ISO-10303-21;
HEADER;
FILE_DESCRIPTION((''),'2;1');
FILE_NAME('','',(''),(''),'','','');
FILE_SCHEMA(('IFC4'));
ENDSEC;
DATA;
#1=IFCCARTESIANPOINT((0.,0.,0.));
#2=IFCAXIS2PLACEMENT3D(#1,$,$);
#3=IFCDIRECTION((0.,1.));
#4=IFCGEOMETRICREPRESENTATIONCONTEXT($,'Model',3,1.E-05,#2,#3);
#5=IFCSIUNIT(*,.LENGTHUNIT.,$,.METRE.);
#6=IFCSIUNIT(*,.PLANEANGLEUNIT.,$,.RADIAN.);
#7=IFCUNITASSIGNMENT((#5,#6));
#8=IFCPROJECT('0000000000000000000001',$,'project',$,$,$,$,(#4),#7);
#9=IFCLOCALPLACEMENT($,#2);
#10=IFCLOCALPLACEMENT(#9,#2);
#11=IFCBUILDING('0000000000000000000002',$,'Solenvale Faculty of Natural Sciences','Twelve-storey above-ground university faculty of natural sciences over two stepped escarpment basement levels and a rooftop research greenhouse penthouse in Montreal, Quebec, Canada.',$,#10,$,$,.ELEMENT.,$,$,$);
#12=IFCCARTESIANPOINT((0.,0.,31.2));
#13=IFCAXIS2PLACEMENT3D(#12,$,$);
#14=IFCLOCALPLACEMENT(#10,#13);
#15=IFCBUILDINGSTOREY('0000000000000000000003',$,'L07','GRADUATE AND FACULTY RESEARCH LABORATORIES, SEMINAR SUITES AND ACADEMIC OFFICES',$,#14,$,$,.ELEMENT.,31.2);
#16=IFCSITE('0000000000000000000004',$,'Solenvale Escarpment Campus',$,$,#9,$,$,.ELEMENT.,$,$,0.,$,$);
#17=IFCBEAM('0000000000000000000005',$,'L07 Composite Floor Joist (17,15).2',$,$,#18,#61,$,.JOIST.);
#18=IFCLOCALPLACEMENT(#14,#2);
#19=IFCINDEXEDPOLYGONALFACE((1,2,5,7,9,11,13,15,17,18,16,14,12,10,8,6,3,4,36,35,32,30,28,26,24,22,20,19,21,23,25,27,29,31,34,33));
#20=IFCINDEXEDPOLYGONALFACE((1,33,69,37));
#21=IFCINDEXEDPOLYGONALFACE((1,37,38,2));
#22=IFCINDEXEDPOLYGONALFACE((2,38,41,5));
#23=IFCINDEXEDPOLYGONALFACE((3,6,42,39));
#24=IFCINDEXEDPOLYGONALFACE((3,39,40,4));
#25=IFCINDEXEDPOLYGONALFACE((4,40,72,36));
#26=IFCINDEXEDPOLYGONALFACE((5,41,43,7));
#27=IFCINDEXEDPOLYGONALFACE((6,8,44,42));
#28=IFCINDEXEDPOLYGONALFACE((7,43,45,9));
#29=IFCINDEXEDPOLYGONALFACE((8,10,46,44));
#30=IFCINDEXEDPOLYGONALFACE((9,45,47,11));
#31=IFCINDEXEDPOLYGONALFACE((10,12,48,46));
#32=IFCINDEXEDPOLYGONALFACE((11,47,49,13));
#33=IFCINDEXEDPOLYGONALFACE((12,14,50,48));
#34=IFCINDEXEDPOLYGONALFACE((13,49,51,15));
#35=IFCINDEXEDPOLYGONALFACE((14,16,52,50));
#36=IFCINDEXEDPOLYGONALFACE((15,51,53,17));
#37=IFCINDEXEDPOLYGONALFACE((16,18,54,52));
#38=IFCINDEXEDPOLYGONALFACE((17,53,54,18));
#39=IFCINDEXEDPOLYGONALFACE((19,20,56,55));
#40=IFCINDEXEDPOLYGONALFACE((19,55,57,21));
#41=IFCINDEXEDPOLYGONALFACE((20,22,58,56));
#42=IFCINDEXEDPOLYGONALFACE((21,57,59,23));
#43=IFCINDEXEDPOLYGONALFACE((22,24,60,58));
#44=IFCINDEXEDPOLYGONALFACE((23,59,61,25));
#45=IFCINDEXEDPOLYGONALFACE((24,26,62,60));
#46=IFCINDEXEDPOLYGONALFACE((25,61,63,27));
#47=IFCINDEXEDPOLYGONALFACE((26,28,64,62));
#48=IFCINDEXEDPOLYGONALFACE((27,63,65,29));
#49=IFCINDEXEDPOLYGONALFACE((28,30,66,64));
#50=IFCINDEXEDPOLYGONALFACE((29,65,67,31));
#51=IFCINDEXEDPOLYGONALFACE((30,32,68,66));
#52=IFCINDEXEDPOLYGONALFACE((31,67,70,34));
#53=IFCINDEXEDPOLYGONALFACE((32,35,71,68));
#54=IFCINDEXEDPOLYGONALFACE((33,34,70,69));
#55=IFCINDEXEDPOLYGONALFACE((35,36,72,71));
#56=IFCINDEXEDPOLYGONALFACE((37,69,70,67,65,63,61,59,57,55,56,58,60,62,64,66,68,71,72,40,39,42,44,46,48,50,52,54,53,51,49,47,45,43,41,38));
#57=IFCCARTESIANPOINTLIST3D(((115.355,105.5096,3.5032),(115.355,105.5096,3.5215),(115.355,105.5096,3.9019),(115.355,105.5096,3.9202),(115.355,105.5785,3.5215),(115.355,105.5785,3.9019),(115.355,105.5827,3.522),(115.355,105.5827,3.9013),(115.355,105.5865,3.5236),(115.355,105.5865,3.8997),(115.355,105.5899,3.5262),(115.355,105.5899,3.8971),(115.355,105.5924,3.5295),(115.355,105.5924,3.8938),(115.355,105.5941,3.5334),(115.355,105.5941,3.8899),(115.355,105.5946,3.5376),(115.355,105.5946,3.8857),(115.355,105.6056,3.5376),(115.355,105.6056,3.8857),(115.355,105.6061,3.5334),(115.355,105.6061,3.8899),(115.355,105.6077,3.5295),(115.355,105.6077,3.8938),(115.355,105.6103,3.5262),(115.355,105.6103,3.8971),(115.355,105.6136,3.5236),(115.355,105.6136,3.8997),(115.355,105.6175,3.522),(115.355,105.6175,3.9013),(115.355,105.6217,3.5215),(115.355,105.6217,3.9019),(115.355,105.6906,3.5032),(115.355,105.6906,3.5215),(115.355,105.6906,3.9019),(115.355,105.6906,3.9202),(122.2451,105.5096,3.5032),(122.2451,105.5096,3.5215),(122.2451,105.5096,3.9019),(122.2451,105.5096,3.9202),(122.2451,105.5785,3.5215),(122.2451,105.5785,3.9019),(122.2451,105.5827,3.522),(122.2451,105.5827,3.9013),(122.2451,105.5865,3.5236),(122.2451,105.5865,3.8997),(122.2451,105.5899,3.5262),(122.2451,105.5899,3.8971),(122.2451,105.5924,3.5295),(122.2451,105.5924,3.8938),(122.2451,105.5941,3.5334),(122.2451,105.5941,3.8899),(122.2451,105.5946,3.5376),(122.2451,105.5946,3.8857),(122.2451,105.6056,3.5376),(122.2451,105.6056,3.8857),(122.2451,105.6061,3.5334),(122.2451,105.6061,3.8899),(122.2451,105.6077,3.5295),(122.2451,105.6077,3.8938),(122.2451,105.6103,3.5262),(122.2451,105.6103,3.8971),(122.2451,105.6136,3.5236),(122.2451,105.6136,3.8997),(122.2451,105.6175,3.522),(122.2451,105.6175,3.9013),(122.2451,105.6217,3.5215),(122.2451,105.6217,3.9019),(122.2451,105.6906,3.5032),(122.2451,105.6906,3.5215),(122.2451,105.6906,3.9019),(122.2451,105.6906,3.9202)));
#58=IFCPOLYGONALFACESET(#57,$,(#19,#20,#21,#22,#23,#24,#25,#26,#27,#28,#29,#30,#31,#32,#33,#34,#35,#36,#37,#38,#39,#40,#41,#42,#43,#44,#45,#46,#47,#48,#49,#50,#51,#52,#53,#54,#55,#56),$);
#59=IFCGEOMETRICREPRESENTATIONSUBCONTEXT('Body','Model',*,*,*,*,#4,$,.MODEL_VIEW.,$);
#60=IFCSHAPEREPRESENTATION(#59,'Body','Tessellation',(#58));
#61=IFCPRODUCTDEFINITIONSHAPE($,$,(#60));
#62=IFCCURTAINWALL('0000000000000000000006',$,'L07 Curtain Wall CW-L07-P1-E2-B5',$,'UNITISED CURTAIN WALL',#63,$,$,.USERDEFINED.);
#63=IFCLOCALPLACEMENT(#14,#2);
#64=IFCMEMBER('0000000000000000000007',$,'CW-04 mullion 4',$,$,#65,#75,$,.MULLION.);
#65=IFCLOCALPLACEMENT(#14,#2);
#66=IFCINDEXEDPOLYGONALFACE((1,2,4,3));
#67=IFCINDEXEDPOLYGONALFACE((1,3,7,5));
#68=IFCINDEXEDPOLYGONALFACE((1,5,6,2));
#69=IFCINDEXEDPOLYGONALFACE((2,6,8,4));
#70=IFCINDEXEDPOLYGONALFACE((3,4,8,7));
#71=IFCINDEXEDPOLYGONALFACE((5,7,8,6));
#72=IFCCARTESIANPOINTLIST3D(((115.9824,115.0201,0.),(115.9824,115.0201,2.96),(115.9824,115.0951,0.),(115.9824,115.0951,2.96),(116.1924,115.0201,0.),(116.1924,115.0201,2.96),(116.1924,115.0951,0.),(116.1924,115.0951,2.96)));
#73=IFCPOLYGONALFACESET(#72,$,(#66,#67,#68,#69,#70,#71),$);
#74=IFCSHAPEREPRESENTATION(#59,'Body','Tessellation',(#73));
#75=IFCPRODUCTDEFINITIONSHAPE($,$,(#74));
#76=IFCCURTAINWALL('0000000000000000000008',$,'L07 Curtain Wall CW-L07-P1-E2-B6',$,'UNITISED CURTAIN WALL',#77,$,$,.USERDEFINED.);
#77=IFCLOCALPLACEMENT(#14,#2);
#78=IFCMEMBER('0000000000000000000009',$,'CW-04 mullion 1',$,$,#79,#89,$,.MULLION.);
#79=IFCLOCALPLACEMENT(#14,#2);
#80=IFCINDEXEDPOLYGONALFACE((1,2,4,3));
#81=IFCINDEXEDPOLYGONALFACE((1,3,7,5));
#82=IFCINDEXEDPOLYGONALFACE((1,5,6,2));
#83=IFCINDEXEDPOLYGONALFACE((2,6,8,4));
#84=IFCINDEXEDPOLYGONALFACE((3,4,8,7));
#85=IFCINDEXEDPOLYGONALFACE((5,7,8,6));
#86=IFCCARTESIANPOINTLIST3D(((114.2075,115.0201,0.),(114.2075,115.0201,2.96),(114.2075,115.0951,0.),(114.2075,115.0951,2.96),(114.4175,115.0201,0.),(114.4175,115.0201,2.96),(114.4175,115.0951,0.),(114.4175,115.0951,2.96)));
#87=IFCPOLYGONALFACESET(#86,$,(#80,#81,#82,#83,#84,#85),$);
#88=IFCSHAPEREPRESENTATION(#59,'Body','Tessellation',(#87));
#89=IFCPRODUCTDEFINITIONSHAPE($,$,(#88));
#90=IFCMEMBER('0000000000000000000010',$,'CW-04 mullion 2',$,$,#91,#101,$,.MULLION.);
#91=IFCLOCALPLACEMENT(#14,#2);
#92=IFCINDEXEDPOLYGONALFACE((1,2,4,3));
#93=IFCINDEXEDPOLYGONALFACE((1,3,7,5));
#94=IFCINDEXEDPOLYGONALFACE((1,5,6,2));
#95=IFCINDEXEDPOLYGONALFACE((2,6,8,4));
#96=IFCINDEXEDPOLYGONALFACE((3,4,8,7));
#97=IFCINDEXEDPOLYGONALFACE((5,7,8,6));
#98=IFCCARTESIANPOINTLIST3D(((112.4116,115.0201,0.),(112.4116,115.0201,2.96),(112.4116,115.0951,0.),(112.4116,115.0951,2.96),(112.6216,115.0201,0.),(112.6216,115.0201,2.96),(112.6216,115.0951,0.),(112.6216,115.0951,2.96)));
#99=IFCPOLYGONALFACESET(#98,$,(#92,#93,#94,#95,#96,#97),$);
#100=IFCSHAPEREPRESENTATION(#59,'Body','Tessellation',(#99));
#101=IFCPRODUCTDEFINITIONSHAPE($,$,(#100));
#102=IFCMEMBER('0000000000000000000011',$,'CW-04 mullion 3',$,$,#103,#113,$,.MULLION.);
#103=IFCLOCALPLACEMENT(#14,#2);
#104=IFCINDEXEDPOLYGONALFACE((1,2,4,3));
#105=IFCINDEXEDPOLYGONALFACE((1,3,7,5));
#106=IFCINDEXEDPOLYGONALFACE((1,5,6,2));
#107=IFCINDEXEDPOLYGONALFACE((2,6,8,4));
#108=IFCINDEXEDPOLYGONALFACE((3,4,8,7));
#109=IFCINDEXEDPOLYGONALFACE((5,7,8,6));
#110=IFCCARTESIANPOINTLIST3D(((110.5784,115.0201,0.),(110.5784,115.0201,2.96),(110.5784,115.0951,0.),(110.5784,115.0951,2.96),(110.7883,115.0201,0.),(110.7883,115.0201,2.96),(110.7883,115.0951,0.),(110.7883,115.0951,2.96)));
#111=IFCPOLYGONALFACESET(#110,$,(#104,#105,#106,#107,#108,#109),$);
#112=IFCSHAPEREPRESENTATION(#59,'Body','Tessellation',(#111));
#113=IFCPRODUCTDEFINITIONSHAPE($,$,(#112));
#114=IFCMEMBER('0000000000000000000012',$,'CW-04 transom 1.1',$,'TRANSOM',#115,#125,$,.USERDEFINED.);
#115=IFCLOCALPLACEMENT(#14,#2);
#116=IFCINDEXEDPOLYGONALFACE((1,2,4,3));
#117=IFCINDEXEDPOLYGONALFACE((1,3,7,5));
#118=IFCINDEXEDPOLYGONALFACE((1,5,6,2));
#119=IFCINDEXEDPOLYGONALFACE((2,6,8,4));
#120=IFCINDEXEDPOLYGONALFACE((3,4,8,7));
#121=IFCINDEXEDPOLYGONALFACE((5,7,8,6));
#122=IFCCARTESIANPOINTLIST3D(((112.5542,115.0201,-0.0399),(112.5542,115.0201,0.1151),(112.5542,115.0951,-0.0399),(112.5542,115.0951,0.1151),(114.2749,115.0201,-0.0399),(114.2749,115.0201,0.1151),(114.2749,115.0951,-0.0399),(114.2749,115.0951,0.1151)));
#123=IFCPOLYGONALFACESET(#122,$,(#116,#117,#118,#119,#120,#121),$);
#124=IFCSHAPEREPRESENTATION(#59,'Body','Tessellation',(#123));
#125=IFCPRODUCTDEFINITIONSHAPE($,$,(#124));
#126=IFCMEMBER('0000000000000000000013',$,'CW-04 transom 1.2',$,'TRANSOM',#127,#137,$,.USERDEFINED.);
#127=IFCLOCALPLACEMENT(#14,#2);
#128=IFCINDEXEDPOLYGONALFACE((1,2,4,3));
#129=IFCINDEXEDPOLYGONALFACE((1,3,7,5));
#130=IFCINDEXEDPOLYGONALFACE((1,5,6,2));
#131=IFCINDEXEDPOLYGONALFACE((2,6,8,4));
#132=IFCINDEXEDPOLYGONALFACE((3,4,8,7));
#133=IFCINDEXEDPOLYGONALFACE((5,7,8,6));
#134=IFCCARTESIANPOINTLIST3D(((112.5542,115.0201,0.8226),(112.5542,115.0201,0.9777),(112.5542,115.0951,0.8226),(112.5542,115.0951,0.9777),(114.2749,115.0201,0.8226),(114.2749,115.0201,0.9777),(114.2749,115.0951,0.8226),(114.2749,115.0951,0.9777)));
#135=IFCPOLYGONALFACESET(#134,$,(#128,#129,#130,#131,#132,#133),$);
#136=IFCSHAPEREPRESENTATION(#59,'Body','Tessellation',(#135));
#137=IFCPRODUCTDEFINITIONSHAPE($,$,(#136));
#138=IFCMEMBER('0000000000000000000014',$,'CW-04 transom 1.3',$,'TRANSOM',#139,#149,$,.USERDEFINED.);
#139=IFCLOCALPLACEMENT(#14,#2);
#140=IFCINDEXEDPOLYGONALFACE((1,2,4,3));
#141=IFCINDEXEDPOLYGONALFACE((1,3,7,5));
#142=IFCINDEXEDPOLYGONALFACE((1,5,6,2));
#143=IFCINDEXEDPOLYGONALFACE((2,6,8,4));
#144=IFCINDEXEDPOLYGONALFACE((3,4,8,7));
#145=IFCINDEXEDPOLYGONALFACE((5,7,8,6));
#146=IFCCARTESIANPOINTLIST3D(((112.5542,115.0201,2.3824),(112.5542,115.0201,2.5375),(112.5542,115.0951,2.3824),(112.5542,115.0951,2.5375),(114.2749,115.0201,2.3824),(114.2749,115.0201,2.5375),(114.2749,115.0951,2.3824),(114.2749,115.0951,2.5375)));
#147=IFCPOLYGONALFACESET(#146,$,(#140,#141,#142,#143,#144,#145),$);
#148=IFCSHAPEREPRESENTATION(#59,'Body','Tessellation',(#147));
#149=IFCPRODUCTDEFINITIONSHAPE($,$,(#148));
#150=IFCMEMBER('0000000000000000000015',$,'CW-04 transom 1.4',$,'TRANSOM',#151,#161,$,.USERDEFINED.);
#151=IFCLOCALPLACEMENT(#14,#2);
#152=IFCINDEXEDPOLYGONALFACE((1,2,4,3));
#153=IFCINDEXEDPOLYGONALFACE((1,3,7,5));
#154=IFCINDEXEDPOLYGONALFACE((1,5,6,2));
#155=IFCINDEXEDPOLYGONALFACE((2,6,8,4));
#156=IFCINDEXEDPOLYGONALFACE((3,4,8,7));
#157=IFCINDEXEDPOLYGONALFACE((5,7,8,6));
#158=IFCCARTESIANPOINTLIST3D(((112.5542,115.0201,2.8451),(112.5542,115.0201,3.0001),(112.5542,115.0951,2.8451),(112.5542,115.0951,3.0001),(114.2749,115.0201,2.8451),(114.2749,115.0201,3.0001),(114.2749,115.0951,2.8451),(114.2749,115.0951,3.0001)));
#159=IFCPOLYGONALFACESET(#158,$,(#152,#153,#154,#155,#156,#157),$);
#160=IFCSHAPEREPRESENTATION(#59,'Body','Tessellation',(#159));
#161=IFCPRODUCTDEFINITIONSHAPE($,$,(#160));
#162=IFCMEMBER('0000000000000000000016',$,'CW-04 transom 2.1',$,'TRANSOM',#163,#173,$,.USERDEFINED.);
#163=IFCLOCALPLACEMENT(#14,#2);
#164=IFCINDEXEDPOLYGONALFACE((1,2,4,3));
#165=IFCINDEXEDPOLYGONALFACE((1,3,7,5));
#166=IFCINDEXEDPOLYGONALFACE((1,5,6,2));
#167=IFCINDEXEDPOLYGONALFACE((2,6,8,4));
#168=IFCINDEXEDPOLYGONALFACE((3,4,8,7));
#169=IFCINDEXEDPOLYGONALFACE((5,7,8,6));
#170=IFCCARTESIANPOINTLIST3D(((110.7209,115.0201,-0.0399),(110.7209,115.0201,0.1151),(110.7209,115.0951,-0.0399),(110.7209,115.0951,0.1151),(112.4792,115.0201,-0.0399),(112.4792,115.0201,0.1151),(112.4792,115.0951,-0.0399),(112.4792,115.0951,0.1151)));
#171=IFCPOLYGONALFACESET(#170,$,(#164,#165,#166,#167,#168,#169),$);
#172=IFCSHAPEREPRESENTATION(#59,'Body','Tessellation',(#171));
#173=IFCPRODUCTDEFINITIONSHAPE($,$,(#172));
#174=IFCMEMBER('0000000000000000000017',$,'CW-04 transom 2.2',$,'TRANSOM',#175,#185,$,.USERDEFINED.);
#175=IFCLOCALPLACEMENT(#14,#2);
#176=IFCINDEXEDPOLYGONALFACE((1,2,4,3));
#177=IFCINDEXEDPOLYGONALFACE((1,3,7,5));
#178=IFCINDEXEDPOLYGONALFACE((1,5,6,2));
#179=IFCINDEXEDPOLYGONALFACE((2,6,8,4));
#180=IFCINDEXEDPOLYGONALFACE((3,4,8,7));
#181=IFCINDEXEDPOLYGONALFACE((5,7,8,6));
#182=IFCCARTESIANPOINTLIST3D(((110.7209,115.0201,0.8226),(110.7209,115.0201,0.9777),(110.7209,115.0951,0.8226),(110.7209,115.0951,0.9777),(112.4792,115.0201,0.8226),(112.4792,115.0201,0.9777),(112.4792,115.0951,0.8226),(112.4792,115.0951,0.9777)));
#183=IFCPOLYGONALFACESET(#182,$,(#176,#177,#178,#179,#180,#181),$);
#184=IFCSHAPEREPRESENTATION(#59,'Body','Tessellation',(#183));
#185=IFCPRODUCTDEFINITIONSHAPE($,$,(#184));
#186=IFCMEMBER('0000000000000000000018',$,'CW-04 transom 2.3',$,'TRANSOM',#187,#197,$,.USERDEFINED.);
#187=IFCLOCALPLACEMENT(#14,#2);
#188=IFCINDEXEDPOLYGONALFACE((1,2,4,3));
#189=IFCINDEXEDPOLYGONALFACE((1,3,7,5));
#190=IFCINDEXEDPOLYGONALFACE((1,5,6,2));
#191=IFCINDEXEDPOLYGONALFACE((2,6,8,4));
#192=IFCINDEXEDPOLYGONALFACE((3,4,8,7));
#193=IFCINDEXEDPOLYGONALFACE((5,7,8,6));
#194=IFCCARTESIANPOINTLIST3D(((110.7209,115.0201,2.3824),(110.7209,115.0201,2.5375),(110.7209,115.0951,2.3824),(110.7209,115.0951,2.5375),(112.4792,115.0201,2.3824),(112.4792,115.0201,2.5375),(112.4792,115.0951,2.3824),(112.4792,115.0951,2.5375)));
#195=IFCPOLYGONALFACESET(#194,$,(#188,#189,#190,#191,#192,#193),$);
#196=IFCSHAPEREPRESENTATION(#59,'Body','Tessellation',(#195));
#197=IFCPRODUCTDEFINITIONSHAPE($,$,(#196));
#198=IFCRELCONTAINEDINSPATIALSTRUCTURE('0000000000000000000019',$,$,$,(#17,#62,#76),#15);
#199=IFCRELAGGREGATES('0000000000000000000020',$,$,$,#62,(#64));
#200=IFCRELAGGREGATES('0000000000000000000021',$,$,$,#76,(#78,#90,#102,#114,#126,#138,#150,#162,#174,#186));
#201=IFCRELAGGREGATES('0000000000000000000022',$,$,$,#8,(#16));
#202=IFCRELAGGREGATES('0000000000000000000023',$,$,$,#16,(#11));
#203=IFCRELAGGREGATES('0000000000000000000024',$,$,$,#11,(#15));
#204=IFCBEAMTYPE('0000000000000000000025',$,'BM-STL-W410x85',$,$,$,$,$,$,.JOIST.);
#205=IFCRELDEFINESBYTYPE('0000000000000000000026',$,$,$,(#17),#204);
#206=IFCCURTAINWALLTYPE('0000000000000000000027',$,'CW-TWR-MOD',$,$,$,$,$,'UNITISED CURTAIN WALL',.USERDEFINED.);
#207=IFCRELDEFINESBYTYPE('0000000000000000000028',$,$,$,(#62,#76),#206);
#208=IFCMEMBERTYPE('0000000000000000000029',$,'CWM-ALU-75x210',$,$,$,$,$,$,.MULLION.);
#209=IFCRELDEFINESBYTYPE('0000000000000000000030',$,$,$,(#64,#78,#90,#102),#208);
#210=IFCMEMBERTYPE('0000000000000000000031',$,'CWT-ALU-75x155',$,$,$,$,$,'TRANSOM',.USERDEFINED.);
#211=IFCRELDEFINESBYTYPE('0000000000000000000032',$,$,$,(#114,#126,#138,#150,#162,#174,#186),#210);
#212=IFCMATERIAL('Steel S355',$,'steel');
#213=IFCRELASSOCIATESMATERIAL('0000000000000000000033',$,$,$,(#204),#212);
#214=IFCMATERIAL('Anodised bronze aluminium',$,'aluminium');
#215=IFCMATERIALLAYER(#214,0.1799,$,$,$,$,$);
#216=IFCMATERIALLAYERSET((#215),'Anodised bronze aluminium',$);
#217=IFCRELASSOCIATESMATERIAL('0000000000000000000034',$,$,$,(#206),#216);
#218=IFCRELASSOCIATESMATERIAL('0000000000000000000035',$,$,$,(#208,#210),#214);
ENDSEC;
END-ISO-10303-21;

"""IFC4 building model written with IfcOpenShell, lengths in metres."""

from ifc_helpers import new_model, si_unit, direction, frame, origin, origin_2d, place, context, subcontext, project, spatial, rectangle, i_section, extrude, material, layer, layer_set, material_profile, profile_set, type_object, element, aggregate, save


model = new_model("IFC4")

# Units and contexts
model_context = context("Model", 3, precision=1e-05, world=origin(), true_north=direction((0.0, 1.0)))
body_context = subcontext(model_context, "Body", "Model", "MODEL_VIEW")
ifc_project = project(units=[si_unit("LENGTHUNIT", "METRE"), si_unit("PLANEANGLEUNIT", "RADIAN")], contexts=[model_context])

# Site, building, storey
site_placement = place(None, origin())
site = spatial("IfcSite", under=ifc_project, at=site_placement, Name="Solenvale Escarpment Campus", CompositionType="ELEMENT", RefElevation=0.0)
building_placement = place(site_placement, origin())
building = spatial("IfcBuilding", under=site, at=building_placement, Name="Solenvale Faculty of Natural Sciences", Description="Twelve-storey above-ground university faculty of natural sciences over two stepped escarpment basement levels and a rooftop research greenhouse penthouse in Montreal, Quebec, Canada.", CompositionType="ELEMENT")
storey_placement = place(building_placement, frame((0.0, 0.0, 31.2)))
storey = spatial("IfcBuildingStorey", under=building, at=storey_placement, Name="L07", Description="GRADUATE AND FACULTY RESEARCH LABORATORIES, SEMINAR SUITES AND ACADEMIC OFFICES", CompositionType="ELEMENT", Elevation=31.2)

# Beam
ifc_material_1 = material(Name="Steel S355", Category="steel")
ifc_material_profile_1 = material_profile(ifc_material_1, i_section(OverallWidth=0.1809, OverallDepth=0.417, WebThickness=0.011, FlangeThickness=0.0183, FilletRadius=0.0161, at=origin_2d()), Name="W410x85")
ifc_profile_set_1 = profile_set([ifc_material_profile_1], Name="Steel S355")
beam_type_1 = type_object("IfcBeamType", Name="BM-STL-W410x85", PredefinedType="JOIST", material=ifc_profile_set_1)
beam_1_placement = place(storey_placement, frame((115.355, 105.6001, 3.7117), z_axis=(1.0, 0.0, 0.0), x_axis=(0.0, 1.0, 0.0)))
element("IfcBeam", 1, at=beam_1_placement, inside=storey, type_object=beam_type_1, Name="L07 Composite Floor Joist (17,15).2", PredefinedType="JOIST", context=body_context, shape_type="SweptSolid", body=[
    extrude(i_section(OverallWidth=0.1809, OverallDepth=0.417, WebThickness=0.011, FlangeThickness=0.0183, FilletRadius=0.0161, at=origin_2d()), origin(), (0.0, 0.0, 1.0), 6.8901),
])

# Curtain wall, member
ifc_material_2 = material(Name="Anodised bronze aluminium", Category="aluminium")
ifc_layer_1 = layer(ifc_material_2, 0.1799)
ifc_layer_set_1 = layer_set([ifc_layer_1], Name="Anodised bronze aluminium")
curtain_wall_type = type_object("IfcCurtainWallType", Name="CW-TWR-MOD", ElementType="UNITISED CURTAIN WALL", PredefinedType="USERDEFINED", material=ifc_layer_set_1)
curtain_wall_1_placement = place(storey_placement, origin())
curtain_wall_1 = element("IfcCurtainWall", 2, at=curtain_wall_1_placement, inside=storey, type_object=curtain_wall_type, Name="L07 Curtain Wall CW-L07-P1-E2-B5", ObjectType="UNITISED CURTAIN WALL", PredefinedType="USERDEFINED")
ifc_material_profile_2 = material_profile(ifc_material_2, rectangle(XDim=0.075, YDim=0.21, at=origin_2d()), Name="ALU-MUL-75x210")
ifc_profile_set_2 = profile_set([ifc_material_profile_2], Name="Anodised bronze aluminium")
member_type_1 = type_object("IfcMemberType", Name="CWM-ALU-75x210", PredefinedType="MULLION", material=ifc_profile_set_2)
member_1_placement = place(storey_placement, frame((116.0874, 115.0576, 0.0), z_axis=(0.0, 0.0, 1.0), x_axis=(0.0, -1.0, 0.0)))
member_1 = element("IfcMember", 3, at=member_1_placement, type_object=member_type_1, Name="CW-04 mullion 4", PredefinedType="MULLION", context=body_context, shape_type="SweptSolid", body=[
    extrude(rectangle(XDim=0.075, YDim=0.21, at=origin_2d()), origin(), (0.0, 0.0, 1.0), 2.96),
])
aggregate(curtain_wall_1, [member_1])

# Curtain wall, members
curtain_wall_2_placement = place(storey_placement, origin())
curtain_wall_2 = element("IfcCurtainWall", 4, at=curtain_wall_2_placement, inside=storey, type_object=curtain_wall_type, Name="L07 Curtain Wall CW-L07-P1-E2-B6", ObjectType="UNITISED CURTAIN WALL", PredefinedType="USERDEFINED")
member_2_placement = place(storey_placement, frame((114.3125, 115.0576, 0.0), z_axis=(0.0, 0.0, 1.0), x_axis=(0.0, -1.0, 0.0)))
member_2 = element("IfcMember", 5, at=member_2_placement, type_object=member_type_1, Name="CW-04 mullion 1", PredefinedType="MULLION", context=body_context, shape_type="SweptSolid", body=[
    extrude(rectangle(XDim=0.075, YDim=0.21, at=origin_2d()), origin(), (0.0, 0.0, 1.0), 2.96),
])
member_3_placement = place(storey_placement, frame((112.5166, 115.0576, 0.0), z_axis=(0.0, 0.0, 1.0), x_axis=(0.0, -1.0, 0.0)))
member_3 = element("IfcMember", 6, at=member_3_placement, type_object=member_type_1, Name="CW-04 mullion 2", PredefinedType="MULLION", context=body_context, shape_type="SweptSolid", body=[
    extrude(rectangle(XDim=0.075, YDim=0.21, at=origin_2d()), origin(), (0.0, 0.0, 1.0), 2.96),
])
member_4_placement = place(storey_placement, frame((110.6833, 115.0576, 0.0), z_axis=(0.0, 0.0, 1.0), x_axis=(0.0, -1.0, 0.0)))
member_4 = element("IfcMember", 7, at=member_4_placement, type_object=member_type_1, Name="CW-04 mullion 3", PredefinedType="MULLION", context=body_context, shape_type="SweptSolid", body=[
    extrude(rectangle(XDim=0.075, YDim=0.21, at=origin_2d()), origin(), (0.0, 0.0, 1.0), 2.96),
])
ifc_material_profile_3 = material_profile(ifc_material_2, rectangle(XDim=0.075, YDim=0.155, at=origin_2d()), Name="ALU-TRN-75x155")
ifc_profile_set_3 = profile_set([ifc_material_profile_3], Name="Anodised bronze aluminium")
member_type_2 = type_object("IfcMemberType", Name="CWT-ALU-75x155", ElementType="TRANSOM", PredefinedType="USERDEFINED", material=ifc_profile_set_3)
member_5_placement = place(storey_placement, frame((114.2749, 115.0576, 0.0376), z_axis=(-1.0, 0.0, 0.0), x_axis=(0.0, -1.0, 0.0)))
member_5 = element("IfcMember", 8, at=member_5_placement, type_object=member_type_2, Name="CW-04 transom 1.1", ObjectType="TRANSOM", PredefinedType="USERDEFINED", context=body_context, shape_type="SweptSolid", body=[
    extrude(rectangle(XDim=0.075, YDim=0.155, at=origin_2d()), origin(), (0.0, 0.0, 1.0), 1.7207),
])
member_6_placement = place(storey_placement, frame((114.2749, 115.0576, 0.9001), z_axis=(-1.0, 0.0, 0.0), x_axis=(0.0, -1.0, 0.0)))
member_6 = element("IfcMember", 9, at=member_6_placement, type_object=member_type_2, Name="CW-04 transom 1.2", ObjectType="TRANSOM", PredefinedType="USERDEFINED", context=body_context, shape_type="SweptSolid", body=[
    extrude(rectangle(XDim=0.075, YDim=0.155, at=origin_2d()), origin(), (0.0, 0.0, 1.0), 1.7207),
])
member_7_placement = place(storey_placement, frame((114.2749, 115.0576, 2.46), z_axis=(-1.0, 0.0, 0.0), x_axis=(0.0, -1.0, 0.0)))
member_7 = element("IfcMember", 10, at=member_7_placement, type_object=member_type_2, Name="CW-04 transom 1.3", ObjectType="TRANSOM", PredefinedType="USERDEFINED", context=body_context, shape_type="SweptSolid", body=[
    extrude(rectangle(XDim=0.075, YDim=0.155, at=origin_2d()), origin(), (0.0, 0.0, 1.0), 1.7207),
])
member_8_placement = place(storey_placement, frame((114.2749, 115.0576, 2.9226), z_axis=(-1.0, 0.0, 0.0), x_axis=(0.0, -1.0, 0.0)))
member_8 = element("IfcMember", 11, at=member_8_placement, type_object=member_type_2, Name="CW-04 transom 1.4", ObjectType="TRANSOM", PredefinedType="USERDEFINED", context=body_context, shape_type="SweptSolid", body=[
    extrude(rectangle(XDim=0.075, YDim=0.155, at=origin_2d()), origin(), (0.0, 0.0, 1.0), 1.7207),
])
member_9_placement = place(storey_placement, frame((112.4792, 115.0576, 0.0376), z_axis=(-1.0, 0.0, 0.0), x_axis=(0.0, -1.0, 0.0)))
member_9 = element("IfcMember", 12, at=member_9_placement, type_object=member_type_2, Name="CW-04 transom 2.1", ObjectType="TRANSOM", PredefinedType="USERDEFINED", context=body_context, shape_type="SweptSolid", body=[
    extrude(rectangle(XDim=0.075, YDim=0.155, at=origin_2d()), origin(), (0.0, 0.0, 1.0), 1.7583),
])
member_10_placement = place(storey_placement, frame((112.4792, 115.0576, 0.9001), z_axis=(-1.0, 0.0, 0.0), x_axis=(0.0, -1.0, 0.0)))
member_10 = element("IfcMember", 13, at=member_10_placement, type_object=member_type_2, Name="CW-04 transom 2.2", ObjectType="TRANSOM", PredefinedType="USERDEFINED", context=body_context, shape_type="SweptSolid", body=[
    extrude(rectangle(XDim=0.075, YDim=0.155, at=origin_2d()), origin(), (0.0, 0.0, 1.0), 1.7583),
])
member_11_placement = place(storey_placement, frame((112.4792, 115.0576, 2.46), z_axis=(-1.0, 0.0, 0.0), x_axis=(0.0, -1.0, 0.0)))
member_11 = element("IfcMember", 14, at=member_11_placement, type_object=member_type_2, Name="CW-04 transom 2.3", ObjectType="TRANSOM", PredefinedType="USERDEFINED", context=body_context, shape_type="SweptSolid", body=[
    extrude(rectangle(XDim=0.075, YDim=0.155, at=origin_2d()), origin(), (0.0, 0.0, 1.0), 1.7583),
])
aggregate(curtain_wall_2, [member_2, member_3, member_4, member_5, member_6, member_7, member_8, member_9, member_10, member_11])

save(model, "model.ifc")
